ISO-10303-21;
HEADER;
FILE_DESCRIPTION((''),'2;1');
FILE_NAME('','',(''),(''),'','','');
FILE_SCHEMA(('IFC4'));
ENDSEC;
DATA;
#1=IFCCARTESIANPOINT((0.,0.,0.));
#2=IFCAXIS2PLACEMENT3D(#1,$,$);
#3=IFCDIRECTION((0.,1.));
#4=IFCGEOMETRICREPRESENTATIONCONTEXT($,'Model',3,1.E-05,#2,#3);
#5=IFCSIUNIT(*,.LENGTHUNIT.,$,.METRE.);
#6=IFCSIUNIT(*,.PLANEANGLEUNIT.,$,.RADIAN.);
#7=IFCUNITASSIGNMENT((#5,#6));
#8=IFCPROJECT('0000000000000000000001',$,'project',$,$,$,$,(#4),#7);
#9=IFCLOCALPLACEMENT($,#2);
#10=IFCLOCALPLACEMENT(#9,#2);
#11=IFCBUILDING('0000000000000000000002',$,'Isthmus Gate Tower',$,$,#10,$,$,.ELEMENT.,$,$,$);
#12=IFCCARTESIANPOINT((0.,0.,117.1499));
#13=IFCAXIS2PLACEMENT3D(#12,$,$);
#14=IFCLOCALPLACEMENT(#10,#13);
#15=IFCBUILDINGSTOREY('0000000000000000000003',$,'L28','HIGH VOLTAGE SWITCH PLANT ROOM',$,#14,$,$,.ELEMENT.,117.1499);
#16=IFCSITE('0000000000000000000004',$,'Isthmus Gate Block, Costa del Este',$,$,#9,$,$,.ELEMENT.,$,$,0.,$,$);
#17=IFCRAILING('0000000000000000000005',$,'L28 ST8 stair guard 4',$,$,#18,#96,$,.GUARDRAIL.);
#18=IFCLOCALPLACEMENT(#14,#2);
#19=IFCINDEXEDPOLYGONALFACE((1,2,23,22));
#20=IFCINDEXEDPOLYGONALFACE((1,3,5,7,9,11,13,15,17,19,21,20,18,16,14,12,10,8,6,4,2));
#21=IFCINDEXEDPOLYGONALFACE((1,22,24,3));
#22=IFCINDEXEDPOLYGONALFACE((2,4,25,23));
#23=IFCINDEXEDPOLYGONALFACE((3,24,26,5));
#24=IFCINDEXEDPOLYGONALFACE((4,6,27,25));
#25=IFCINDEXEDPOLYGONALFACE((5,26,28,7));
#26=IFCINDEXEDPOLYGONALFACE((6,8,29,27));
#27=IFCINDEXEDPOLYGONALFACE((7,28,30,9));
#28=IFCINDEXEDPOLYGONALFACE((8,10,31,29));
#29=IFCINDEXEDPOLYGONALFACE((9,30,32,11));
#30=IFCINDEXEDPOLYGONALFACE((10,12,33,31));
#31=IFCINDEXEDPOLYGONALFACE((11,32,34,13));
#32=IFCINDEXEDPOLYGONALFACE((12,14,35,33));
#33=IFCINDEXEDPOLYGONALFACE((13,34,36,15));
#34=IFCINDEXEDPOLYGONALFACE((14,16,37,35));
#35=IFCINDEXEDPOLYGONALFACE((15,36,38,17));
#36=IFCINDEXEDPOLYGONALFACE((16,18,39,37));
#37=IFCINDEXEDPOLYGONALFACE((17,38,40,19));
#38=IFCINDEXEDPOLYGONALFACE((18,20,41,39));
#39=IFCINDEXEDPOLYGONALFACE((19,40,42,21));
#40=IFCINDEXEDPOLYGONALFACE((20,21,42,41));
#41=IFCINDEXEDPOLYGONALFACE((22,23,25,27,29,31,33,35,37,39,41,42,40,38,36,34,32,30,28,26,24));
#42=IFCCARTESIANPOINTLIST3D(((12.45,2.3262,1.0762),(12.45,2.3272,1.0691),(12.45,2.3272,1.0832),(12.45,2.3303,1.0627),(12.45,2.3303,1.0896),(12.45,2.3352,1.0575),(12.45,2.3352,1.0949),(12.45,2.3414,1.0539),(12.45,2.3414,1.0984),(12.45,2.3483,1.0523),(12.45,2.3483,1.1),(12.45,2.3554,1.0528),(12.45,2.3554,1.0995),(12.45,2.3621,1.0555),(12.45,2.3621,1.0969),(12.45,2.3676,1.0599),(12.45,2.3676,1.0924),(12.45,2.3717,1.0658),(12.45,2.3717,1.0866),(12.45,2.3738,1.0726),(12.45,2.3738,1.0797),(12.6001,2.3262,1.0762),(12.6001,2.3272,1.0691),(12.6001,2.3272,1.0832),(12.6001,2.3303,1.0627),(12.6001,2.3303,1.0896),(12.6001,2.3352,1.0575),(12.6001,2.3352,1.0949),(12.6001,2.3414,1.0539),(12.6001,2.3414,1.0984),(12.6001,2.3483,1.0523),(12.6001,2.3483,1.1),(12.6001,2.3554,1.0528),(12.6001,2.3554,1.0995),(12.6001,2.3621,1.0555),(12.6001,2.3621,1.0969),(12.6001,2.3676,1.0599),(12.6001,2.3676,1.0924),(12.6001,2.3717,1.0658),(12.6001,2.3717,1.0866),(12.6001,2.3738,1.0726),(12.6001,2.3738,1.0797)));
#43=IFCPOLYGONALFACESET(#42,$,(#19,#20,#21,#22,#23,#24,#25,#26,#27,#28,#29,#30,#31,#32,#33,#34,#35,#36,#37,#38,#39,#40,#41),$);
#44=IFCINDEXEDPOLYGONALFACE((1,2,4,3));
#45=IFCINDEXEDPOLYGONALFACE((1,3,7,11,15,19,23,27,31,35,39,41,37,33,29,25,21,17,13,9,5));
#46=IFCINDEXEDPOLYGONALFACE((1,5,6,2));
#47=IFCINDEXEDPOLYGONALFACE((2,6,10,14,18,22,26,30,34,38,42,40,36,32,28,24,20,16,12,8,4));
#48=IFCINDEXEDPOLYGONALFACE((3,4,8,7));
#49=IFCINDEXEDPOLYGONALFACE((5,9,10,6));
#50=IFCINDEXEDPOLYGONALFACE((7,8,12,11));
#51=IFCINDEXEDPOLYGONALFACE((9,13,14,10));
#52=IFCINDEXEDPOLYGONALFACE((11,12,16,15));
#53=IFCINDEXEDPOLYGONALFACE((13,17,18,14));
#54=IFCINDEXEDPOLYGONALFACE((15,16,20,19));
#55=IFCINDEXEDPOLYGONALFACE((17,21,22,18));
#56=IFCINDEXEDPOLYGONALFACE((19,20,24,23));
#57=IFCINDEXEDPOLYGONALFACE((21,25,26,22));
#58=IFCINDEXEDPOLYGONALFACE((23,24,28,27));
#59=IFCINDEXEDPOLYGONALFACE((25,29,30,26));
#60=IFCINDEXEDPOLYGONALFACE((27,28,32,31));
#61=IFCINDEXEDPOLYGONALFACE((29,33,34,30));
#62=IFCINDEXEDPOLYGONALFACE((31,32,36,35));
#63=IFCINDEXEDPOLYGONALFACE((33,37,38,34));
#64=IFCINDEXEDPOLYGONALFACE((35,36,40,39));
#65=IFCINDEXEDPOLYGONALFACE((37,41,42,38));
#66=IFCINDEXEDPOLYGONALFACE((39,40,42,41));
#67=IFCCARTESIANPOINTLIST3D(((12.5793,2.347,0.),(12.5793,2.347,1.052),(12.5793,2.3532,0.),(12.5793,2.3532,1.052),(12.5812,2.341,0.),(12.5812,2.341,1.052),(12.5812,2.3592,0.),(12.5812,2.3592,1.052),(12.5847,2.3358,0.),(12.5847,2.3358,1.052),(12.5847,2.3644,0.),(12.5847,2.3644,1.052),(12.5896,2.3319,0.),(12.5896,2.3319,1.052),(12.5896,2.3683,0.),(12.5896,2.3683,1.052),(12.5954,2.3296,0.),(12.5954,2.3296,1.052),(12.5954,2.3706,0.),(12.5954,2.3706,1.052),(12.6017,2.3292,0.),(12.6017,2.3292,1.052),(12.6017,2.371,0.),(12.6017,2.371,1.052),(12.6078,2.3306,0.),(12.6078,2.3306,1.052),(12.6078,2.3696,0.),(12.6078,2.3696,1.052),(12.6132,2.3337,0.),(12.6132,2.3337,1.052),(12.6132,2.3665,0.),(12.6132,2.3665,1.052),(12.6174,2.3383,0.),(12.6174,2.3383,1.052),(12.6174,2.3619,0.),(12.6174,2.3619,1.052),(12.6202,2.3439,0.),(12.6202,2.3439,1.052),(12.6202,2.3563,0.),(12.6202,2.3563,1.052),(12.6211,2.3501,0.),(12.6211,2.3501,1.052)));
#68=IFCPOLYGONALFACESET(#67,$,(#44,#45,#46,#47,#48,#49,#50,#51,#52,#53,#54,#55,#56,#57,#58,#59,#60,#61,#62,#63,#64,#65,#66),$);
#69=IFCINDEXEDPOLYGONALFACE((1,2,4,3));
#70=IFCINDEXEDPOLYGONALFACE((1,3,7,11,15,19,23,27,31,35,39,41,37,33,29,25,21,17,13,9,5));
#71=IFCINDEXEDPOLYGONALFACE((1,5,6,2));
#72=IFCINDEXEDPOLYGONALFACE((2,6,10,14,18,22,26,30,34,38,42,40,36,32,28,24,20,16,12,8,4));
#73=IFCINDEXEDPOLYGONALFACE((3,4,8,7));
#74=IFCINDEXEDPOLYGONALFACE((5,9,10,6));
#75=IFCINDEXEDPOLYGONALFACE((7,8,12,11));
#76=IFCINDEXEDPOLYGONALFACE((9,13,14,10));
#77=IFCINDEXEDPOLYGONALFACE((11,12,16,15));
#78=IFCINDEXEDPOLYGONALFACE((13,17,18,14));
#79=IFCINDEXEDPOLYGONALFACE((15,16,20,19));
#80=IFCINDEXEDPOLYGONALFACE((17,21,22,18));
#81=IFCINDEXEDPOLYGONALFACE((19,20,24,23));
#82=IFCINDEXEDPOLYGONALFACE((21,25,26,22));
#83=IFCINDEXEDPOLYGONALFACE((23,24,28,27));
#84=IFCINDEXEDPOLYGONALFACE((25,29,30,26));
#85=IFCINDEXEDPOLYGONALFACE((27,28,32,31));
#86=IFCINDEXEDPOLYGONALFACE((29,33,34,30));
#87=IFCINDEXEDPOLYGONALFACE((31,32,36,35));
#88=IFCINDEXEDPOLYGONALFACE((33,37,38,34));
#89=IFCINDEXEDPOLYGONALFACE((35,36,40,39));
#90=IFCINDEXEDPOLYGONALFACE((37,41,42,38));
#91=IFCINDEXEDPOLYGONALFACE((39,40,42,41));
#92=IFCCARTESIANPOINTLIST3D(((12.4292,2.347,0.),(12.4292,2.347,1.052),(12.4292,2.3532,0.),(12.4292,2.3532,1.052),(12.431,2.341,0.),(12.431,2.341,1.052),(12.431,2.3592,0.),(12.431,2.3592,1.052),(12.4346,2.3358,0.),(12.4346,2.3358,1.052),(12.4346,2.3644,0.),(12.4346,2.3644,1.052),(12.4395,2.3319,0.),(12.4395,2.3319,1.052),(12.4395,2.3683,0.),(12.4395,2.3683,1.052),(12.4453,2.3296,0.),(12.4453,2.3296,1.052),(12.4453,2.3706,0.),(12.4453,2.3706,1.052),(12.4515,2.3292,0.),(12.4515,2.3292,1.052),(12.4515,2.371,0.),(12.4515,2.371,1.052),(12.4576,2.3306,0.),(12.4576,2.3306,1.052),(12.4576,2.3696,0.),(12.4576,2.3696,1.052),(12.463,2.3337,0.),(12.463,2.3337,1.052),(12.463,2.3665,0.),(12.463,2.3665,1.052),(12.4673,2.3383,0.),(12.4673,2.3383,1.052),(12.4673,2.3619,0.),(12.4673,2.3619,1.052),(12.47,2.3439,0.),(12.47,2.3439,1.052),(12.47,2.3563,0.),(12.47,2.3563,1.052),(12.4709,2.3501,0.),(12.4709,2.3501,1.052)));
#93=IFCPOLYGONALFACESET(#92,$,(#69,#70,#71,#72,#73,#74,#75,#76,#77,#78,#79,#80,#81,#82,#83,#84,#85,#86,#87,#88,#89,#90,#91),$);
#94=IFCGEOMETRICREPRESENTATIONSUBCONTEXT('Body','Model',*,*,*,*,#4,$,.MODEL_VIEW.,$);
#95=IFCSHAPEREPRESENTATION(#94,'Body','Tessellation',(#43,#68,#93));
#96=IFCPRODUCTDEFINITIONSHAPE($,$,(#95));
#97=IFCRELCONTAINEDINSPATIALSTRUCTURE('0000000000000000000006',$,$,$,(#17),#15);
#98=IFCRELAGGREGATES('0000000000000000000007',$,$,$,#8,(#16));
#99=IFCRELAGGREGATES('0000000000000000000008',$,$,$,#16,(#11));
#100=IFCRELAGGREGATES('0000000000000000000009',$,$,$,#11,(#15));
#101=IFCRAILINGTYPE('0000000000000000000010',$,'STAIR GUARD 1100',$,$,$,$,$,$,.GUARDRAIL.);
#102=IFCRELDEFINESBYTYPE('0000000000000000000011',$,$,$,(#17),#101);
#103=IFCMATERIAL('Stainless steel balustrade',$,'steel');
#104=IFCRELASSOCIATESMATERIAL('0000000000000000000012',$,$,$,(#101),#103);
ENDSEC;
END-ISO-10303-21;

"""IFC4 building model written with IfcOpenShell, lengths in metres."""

from ifc_helpers import new_model, si_unit, direction, frame, origin, origin_2d, place, context, subcontext, project, spatial, circle, extrude, material, type_object, element, save


model = new_model("IFC4")

# Units and contexts
model_context = context("Model", 3, precision=1e-05, world=origin(), true_north=direction((0.0, 1.0)))
body_context = subcontext(model_context, "Body", "Model", "MODEL_VIEW")
ifc_project = project(units=[si_unit("LENGTHUNIT", "METRE"), si_unit("PLANEANGLEUNIT", "RADIAN")], contexts=[model_context])

# Site, building, storey
site_placement = place(None, origin())
site = spatial("IfcSite", under=ifc_project, at=site_placement, Name="Isthmus Gate Block, Costa del Este", CompositionType="ELEMENT", RefElevation=0.0)
building_placement = place(site_placement, origin())
building = spatial("IfcBuilding", under=site, at=building_placement, Name="Isthmus Gate Tower", CompositionType="ELEMENT")
storey_placement = place(building_placement, frame((0.0, 0.0, 117.1499)))
storey = spatial("IfcBuildingStorey", under=building, at=storey_placement, Name="L28", Description="HIGH VOLTAGE SWITCH PLANT ROOM", CompositionType="ELEMENT", Elevation=117.1499)

# Railing
ifc_material_1 = material(Name="Stainless steel balustrade", Category="steel")
railing_type_1 = type_object("IfcRailingType", Name="STAIR GUARD 1100", PredefinedType="GUARDRAIL", material=ifc_material_1)
railing_1_placement = place(storey_placement, frame((12.6001, 2.3501, 0.0)))
element("IfcRailing", 1, at=railing_1_placement, inside=storey, type_object=railing_type_1, Name="L28 ST8 stair guard 4", PredefinedType="GUARDRAIL", context=body_context, shape_type="SweptSolid", body=[
    extrude(circle(Radius=0.0239, at=origin_2d()), frame((0.0, 0.0, 1.0762), z_axis=(-1.0, 0.0, 0.0), x_axis=(0.0, -1.0, 0.0)), (0.0, 0.0, 1.0), 0.1501),
    extrude(circle(Radius=0.021, at=origin_2d()), origin(), (0.0, 0.0, 1.0), 1.052),
    extrude(circle(Radius=0.021, at=origin_2d()), frame((-0.1501, 0.0, 0.0)), (0.0, 0.0, 1.0), 1.052),
])

save(model, "model.ifc")
